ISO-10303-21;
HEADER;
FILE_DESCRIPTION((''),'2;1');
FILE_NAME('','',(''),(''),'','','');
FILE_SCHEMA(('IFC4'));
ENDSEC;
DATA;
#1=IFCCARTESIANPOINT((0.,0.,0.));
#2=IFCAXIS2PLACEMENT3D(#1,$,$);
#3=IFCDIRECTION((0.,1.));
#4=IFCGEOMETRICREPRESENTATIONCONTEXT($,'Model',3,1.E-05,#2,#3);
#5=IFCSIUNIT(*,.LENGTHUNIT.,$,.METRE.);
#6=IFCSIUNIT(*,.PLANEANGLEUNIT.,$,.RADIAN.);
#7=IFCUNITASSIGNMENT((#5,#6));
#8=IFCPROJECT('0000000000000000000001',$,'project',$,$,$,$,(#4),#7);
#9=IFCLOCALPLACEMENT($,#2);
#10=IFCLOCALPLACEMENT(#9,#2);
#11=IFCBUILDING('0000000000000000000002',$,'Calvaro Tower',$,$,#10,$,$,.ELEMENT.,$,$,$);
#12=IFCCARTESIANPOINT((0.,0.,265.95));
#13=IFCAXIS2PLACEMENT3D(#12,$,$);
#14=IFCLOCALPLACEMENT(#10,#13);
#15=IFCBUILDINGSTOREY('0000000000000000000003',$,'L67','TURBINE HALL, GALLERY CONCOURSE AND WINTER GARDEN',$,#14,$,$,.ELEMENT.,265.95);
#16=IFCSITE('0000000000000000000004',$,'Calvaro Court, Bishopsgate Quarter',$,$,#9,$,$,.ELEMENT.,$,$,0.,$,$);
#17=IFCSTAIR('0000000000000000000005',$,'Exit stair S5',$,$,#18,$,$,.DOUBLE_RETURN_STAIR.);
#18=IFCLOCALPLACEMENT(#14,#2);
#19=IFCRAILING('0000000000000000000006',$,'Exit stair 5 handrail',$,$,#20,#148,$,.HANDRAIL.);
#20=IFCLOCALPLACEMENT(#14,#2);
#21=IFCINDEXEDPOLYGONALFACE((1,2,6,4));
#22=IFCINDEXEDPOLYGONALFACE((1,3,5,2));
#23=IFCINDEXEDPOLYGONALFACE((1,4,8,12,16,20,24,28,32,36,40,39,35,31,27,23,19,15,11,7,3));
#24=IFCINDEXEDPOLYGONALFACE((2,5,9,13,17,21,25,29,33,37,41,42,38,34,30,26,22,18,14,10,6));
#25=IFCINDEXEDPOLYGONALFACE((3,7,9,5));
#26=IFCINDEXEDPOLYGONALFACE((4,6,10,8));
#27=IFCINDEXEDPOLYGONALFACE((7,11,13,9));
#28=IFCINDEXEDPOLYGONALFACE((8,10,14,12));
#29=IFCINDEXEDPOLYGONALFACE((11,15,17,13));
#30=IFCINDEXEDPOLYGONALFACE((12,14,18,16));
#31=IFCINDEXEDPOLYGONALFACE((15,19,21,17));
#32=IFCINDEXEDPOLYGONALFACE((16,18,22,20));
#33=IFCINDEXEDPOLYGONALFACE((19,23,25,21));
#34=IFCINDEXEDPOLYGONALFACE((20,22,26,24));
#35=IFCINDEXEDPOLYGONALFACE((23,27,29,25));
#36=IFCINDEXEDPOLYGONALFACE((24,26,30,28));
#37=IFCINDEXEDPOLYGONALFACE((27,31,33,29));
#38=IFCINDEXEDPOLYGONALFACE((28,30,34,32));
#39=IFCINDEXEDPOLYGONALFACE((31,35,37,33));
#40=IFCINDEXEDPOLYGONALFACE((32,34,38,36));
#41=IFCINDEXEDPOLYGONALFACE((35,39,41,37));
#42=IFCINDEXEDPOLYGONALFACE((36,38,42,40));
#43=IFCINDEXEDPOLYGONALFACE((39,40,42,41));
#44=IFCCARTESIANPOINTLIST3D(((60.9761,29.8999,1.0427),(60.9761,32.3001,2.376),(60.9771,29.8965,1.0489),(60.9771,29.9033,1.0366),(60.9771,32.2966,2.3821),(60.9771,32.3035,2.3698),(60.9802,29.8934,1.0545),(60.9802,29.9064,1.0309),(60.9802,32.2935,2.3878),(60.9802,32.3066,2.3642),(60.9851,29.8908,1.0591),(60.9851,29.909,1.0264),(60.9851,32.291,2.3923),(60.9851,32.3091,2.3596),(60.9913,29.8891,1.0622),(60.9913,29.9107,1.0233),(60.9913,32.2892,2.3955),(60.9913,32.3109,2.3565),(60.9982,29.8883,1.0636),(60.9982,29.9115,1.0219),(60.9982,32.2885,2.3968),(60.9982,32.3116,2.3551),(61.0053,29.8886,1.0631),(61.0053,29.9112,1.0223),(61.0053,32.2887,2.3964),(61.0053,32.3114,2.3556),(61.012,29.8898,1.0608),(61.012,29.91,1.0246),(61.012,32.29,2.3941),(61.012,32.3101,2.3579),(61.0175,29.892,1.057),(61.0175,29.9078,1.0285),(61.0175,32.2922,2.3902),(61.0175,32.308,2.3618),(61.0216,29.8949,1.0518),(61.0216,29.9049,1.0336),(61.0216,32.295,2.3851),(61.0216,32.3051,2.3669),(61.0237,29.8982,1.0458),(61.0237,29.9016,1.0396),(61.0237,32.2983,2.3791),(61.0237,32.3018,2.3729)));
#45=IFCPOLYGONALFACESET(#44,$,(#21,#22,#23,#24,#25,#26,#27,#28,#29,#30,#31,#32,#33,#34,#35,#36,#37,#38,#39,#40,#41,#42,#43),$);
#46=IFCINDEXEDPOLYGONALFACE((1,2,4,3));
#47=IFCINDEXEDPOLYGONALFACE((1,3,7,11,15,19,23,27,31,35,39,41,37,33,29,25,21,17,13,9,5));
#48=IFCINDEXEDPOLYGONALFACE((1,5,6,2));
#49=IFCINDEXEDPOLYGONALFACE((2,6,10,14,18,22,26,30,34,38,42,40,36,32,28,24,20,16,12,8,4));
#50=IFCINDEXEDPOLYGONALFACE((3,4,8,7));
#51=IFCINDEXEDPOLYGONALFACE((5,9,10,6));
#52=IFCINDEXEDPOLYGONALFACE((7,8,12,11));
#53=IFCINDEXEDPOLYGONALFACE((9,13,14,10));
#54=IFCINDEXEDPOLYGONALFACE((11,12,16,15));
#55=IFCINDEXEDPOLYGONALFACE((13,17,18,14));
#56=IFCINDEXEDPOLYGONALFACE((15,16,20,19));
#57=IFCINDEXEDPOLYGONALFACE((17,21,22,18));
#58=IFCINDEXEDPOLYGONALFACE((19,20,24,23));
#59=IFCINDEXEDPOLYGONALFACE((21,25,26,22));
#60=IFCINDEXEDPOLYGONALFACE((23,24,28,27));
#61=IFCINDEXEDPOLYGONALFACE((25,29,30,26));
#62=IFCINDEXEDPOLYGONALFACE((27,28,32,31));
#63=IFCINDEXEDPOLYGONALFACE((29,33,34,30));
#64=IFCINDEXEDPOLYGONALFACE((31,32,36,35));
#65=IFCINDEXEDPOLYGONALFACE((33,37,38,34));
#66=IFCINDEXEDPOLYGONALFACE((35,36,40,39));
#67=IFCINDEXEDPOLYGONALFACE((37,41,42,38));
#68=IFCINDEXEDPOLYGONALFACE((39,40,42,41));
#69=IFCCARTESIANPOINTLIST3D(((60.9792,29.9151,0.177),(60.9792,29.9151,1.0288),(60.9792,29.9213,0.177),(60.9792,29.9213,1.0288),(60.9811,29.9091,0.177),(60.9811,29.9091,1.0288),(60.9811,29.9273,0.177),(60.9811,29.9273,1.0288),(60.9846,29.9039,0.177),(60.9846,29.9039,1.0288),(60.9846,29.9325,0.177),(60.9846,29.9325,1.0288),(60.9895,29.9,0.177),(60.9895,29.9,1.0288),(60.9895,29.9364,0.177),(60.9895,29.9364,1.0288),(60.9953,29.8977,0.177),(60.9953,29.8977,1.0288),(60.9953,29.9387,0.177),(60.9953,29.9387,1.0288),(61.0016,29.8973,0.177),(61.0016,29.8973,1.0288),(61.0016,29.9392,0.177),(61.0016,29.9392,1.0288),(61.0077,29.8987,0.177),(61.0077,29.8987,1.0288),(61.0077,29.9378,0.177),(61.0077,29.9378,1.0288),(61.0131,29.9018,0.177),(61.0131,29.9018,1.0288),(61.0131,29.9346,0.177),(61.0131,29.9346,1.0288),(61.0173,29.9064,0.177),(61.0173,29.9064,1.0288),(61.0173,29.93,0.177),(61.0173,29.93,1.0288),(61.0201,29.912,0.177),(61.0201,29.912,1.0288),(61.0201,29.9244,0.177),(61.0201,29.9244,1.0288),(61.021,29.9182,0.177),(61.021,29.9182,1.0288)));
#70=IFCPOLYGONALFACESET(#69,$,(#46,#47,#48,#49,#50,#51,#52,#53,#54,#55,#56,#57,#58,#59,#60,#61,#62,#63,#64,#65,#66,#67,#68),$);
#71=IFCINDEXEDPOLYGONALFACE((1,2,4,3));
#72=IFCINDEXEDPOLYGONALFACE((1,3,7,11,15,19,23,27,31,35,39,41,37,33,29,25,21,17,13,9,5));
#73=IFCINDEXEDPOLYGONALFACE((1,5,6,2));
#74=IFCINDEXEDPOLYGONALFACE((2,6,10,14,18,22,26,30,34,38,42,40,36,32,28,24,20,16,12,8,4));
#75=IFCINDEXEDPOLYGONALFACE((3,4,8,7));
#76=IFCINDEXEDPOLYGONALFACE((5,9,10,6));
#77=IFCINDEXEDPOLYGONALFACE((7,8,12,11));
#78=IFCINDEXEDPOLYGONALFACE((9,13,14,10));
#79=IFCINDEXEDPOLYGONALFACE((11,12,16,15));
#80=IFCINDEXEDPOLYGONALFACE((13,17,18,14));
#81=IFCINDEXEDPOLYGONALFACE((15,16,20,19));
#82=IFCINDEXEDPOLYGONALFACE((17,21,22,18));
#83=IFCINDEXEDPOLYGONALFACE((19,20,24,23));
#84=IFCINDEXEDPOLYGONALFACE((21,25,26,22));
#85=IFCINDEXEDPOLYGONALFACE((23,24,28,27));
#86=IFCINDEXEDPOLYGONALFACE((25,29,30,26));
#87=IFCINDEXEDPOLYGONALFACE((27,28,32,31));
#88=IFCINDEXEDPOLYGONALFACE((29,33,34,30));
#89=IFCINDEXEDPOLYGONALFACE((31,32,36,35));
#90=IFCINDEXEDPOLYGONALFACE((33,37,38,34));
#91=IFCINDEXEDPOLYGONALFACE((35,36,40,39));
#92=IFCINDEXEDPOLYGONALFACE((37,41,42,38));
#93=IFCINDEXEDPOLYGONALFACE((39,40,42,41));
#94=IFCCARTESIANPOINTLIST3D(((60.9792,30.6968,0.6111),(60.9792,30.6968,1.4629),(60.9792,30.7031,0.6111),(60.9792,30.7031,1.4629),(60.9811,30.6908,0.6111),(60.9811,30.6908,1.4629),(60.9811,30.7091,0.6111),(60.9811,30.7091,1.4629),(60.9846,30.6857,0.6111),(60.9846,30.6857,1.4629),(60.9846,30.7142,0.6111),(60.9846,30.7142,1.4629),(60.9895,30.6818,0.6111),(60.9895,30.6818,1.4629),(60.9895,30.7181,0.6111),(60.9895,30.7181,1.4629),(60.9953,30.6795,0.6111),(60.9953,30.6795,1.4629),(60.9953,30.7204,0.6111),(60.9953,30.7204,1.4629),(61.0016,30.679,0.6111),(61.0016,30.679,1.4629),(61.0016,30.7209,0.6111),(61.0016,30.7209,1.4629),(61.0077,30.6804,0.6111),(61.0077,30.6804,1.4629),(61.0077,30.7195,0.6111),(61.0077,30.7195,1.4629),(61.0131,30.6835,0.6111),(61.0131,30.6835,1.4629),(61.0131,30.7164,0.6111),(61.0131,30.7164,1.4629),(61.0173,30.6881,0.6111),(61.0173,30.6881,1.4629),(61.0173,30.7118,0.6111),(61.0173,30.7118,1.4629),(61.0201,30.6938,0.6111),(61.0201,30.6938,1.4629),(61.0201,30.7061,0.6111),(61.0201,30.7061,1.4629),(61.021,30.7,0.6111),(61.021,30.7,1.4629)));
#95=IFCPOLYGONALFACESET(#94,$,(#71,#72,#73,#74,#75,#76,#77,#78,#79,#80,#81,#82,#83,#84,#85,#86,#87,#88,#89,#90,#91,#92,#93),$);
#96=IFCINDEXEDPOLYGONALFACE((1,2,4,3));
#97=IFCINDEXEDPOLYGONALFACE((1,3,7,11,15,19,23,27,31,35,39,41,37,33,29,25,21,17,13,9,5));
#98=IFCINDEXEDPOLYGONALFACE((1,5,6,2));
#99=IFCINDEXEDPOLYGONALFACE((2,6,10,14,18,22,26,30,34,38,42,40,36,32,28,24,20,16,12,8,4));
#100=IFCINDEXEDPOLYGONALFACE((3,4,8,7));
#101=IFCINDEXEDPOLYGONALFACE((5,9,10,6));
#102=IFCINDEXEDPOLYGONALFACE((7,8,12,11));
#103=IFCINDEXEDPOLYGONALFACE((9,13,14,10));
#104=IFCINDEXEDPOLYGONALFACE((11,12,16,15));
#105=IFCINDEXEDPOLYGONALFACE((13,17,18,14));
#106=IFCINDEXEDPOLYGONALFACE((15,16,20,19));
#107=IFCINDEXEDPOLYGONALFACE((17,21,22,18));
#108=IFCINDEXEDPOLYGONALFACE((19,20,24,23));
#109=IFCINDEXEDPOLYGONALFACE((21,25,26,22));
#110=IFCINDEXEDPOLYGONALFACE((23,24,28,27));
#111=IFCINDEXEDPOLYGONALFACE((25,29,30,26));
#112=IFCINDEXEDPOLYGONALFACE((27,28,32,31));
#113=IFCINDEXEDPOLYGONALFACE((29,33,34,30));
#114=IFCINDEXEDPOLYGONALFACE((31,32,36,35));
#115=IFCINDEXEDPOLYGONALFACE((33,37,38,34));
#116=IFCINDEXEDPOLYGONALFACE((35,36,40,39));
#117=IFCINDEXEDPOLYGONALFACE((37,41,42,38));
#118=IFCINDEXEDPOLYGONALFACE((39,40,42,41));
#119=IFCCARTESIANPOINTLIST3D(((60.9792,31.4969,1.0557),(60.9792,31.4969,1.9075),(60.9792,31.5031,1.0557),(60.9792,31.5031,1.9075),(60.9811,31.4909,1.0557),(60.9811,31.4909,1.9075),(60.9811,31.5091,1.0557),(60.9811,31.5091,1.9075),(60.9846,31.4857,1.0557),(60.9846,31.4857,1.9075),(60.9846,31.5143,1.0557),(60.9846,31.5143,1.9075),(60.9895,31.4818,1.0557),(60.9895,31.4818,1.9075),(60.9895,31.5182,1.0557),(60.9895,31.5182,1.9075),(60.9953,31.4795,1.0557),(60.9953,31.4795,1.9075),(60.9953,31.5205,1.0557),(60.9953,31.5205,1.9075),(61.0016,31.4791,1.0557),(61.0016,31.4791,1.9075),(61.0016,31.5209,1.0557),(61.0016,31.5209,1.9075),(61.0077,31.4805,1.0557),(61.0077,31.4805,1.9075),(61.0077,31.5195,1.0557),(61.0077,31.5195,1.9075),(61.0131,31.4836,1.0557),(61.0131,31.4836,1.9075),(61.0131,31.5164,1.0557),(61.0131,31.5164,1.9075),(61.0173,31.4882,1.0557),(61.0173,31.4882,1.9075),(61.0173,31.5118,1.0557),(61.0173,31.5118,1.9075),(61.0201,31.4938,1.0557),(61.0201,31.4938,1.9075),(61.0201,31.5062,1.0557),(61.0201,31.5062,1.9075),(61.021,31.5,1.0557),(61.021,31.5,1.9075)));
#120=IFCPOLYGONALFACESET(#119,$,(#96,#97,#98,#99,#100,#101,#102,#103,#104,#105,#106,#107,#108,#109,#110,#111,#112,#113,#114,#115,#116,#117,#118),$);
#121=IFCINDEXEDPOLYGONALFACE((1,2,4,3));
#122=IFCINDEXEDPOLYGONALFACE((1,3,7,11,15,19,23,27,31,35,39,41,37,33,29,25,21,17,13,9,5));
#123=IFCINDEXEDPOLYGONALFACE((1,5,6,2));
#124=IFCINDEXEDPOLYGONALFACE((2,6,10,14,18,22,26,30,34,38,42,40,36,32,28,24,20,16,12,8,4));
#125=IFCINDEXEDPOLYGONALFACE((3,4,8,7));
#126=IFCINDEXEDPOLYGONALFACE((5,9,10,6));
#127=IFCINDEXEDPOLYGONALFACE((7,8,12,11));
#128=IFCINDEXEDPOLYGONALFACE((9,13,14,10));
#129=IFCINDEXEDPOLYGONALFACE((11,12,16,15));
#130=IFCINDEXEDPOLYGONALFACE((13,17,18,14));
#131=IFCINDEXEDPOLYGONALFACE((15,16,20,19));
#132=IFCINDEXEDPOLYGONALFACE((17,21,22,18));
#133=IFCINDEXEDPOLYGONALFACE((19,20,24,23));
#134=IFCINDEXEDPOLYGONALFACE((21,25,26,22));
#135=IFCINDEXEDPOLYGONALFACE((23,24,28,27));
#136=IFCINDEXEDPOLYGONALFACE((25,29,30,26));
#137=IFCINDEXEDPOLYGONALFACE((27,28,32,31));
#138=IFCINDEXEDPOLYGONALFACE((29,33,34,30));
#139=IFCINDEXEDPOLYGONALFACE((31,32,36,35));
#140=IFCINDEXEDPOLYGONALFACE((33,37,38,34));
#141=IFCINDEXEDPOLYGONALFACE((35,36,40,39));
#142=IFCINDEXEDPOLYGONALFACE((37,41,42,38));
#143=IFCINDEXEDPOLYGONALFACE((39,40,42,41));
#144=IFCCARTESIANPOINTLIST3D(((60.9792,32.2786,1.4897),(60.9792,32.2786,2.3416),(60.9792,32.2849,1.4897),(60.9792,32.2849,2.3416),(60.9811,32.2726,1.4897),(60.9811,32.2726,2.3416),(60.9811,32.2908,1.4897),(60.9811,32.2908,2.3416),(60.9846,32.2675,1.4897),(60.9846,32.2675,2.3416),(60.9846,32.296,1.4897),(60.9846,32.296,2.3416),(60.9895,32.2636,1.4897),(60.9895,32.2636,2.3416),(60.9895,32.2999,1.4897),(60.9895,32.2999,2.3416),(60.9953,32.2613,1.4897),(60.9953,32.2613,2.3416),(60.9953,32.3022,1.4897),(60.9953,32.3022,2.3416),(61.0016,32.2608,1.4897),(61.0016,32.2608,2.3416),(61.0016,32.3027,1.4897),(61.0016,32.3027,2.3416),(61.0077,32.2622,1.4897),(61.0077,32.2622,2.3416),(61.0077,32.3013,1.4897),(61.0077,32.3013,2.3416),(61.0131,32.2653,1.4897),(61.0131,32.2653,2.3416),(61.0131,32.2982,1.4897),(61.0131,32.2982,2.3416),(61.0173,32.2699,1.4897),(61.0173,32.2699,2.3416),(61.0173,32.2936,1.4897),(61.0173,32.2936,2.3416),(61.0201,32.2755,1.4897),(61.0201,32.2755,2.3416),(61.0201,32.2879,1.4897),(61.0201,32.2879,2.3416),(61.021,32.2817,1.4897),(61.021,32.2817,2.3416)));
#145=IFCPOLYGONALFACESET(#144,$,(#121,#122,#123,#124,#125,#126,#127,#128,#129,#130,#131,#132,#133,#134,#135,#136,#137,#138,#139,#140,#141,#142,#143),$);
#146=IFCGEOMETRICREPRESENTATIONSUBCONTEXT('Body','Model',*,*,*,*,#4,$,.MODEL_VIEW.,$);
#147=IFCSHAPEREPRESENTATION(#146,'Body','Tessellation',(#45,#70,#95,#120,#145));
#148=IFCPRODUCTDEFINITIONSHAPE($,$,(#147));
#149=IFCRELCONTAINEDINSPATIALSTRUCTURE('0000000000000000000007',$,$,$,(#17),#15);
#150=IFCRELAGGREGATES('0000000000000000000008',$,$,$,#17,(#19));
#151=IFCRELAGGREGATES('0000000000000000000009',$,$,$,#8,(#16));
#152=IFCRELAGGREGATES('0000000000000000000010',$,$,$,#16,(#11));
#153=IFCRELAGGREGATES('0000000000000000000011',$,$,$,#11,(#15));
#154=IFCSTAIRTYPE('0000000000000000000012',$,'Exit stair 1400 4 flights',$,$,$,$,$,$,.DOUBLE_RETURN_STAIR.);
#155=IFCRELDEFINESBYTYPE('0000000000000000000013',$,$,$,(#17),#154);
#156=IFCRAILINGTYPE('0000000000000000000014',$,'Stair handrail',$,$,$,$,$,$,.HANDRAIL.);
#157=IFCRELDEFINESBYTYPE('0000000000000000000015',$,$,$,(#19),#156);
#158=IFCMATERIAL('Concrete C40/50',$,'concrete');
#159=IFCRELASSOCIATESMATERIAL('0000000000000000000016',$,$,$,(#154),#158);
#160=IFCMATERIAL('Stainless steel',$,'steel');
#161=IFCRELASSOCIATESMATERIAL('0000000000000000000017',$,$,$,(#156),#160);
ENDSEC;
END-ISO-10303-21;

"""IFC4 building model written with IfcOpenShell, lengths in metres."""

from ifc_helpers import new_model, si_unit, direction, frame, origin, origin_2d, place, context, subcontext, project, spatial, circle, extrude, material, type_object, element, aggregate, save


model = new_model("IFC4")

# Units and contexts
model_context = context("Model", 3, precision=1e-05, world=origin(), true_north=direction((0.0, 1.0)))
body_context = subcontext(model_context, "Body", "Model", "MODEL_VIEW")
ifc_project = project(units=[si_unit("LENGTHUNIT", "METRE"), si_unit("PLANEANGLEUNIT", "RADIAN")], contexts=[model_context])

# Site, building, storey
site_placement = place(None, origin())
site = spatial("IfcSite", under=ifc_project, at=site_placement, Name="Calvaro Court, Bishopsgate Quarter", CompositionType="ELEMENT", RefElevation=0.0)
building_placement = place(site_placement, origin())
building = spatial("IfcBuilding", under=site, at=building_placement, Name="Calvaro Tower", CompositionType="ELEMENT")
storey_placement = place(building_placement, frame((0.0, 0.0, 265.95)))
storey = spatial("IfcBuildingStorey", under=building, at=storey_placement, Name="L67", Description="TURBINE HALL, GALLERY CONCOURSE AND WINTER GARDEN", CompositionType="ELEMENT", Elevation=265.95)

# Stair
ifc_material_1 = material(Name="Concrete C40/50", Category="concrete")
stair_type = type_object("IfcStairType", Name="Exit stair 1400 4 flights", PredefinedType="DOUBLE_RETURN_STAIR", material=ifc_material_1)
stair_1_placement = place(storey_placement, origin())
stair_1 = element("IfcStair", 1, at=stair_1_placement, inside=storey, type_object=stair_type, Name="Exit stair S5", PredefinedType="DOUBLE_RETURN_STAIR")

# Railing
ifc_material_2 = material(Name="Stainless steel", Category="steel")
railing_type_1 = type_object("IfcRailingType", Name="Stair handrail", PredefinedType="HANDRAIL", material=ifc_material_2)
railing_1_placement = place(storey_placement, frame((61.0, 29.8999, 0.1667)))
railing_1 = element("IfcRailing", 2, at=railing_1_placement, type_object=railing_type_1, Name="Exit stair 5 handrail", PredefinedType="HANDRAIL", context=body_context, shape_type="SweptSolid", body=[
    extrude(circle(Radius=0.0239, at=origin_2d()), frame((0.0, 0.0, 0.876), z_axis=(0.0, 0.874182, 0.485598), x_axis=(-1.0, 0.0, 0.0)), (0.0, 0.0, 1.0), 2.7456),
    extrude(circle(Radius=0.021, at=origin_2d()), frame((0.0, 0.0183, 0.0103)), (0.0, 0.0, 1.0), 0.8518),
    extrude(circle(Radius=0.021, at=origin_2d()), frame((0.0, 0.8, 0.4443)), (0.0, 0.0, 1.0), 0.8518),
    extrude(circle(Radius=0.021, at=origin_2d()), frame((0.0, 1.6001, 0.8889)), (0.0, 0.0, 1.0), 0.8518),
    extrude(circle(Radius=0.021, at=origin_2d()), frame((0.0, 2.3818, 1.323)), (0.0, 0.0, 1.0), 0.8518),
])
aggregate(stair_1, [railing_1])

save(model, "model.ifc")
